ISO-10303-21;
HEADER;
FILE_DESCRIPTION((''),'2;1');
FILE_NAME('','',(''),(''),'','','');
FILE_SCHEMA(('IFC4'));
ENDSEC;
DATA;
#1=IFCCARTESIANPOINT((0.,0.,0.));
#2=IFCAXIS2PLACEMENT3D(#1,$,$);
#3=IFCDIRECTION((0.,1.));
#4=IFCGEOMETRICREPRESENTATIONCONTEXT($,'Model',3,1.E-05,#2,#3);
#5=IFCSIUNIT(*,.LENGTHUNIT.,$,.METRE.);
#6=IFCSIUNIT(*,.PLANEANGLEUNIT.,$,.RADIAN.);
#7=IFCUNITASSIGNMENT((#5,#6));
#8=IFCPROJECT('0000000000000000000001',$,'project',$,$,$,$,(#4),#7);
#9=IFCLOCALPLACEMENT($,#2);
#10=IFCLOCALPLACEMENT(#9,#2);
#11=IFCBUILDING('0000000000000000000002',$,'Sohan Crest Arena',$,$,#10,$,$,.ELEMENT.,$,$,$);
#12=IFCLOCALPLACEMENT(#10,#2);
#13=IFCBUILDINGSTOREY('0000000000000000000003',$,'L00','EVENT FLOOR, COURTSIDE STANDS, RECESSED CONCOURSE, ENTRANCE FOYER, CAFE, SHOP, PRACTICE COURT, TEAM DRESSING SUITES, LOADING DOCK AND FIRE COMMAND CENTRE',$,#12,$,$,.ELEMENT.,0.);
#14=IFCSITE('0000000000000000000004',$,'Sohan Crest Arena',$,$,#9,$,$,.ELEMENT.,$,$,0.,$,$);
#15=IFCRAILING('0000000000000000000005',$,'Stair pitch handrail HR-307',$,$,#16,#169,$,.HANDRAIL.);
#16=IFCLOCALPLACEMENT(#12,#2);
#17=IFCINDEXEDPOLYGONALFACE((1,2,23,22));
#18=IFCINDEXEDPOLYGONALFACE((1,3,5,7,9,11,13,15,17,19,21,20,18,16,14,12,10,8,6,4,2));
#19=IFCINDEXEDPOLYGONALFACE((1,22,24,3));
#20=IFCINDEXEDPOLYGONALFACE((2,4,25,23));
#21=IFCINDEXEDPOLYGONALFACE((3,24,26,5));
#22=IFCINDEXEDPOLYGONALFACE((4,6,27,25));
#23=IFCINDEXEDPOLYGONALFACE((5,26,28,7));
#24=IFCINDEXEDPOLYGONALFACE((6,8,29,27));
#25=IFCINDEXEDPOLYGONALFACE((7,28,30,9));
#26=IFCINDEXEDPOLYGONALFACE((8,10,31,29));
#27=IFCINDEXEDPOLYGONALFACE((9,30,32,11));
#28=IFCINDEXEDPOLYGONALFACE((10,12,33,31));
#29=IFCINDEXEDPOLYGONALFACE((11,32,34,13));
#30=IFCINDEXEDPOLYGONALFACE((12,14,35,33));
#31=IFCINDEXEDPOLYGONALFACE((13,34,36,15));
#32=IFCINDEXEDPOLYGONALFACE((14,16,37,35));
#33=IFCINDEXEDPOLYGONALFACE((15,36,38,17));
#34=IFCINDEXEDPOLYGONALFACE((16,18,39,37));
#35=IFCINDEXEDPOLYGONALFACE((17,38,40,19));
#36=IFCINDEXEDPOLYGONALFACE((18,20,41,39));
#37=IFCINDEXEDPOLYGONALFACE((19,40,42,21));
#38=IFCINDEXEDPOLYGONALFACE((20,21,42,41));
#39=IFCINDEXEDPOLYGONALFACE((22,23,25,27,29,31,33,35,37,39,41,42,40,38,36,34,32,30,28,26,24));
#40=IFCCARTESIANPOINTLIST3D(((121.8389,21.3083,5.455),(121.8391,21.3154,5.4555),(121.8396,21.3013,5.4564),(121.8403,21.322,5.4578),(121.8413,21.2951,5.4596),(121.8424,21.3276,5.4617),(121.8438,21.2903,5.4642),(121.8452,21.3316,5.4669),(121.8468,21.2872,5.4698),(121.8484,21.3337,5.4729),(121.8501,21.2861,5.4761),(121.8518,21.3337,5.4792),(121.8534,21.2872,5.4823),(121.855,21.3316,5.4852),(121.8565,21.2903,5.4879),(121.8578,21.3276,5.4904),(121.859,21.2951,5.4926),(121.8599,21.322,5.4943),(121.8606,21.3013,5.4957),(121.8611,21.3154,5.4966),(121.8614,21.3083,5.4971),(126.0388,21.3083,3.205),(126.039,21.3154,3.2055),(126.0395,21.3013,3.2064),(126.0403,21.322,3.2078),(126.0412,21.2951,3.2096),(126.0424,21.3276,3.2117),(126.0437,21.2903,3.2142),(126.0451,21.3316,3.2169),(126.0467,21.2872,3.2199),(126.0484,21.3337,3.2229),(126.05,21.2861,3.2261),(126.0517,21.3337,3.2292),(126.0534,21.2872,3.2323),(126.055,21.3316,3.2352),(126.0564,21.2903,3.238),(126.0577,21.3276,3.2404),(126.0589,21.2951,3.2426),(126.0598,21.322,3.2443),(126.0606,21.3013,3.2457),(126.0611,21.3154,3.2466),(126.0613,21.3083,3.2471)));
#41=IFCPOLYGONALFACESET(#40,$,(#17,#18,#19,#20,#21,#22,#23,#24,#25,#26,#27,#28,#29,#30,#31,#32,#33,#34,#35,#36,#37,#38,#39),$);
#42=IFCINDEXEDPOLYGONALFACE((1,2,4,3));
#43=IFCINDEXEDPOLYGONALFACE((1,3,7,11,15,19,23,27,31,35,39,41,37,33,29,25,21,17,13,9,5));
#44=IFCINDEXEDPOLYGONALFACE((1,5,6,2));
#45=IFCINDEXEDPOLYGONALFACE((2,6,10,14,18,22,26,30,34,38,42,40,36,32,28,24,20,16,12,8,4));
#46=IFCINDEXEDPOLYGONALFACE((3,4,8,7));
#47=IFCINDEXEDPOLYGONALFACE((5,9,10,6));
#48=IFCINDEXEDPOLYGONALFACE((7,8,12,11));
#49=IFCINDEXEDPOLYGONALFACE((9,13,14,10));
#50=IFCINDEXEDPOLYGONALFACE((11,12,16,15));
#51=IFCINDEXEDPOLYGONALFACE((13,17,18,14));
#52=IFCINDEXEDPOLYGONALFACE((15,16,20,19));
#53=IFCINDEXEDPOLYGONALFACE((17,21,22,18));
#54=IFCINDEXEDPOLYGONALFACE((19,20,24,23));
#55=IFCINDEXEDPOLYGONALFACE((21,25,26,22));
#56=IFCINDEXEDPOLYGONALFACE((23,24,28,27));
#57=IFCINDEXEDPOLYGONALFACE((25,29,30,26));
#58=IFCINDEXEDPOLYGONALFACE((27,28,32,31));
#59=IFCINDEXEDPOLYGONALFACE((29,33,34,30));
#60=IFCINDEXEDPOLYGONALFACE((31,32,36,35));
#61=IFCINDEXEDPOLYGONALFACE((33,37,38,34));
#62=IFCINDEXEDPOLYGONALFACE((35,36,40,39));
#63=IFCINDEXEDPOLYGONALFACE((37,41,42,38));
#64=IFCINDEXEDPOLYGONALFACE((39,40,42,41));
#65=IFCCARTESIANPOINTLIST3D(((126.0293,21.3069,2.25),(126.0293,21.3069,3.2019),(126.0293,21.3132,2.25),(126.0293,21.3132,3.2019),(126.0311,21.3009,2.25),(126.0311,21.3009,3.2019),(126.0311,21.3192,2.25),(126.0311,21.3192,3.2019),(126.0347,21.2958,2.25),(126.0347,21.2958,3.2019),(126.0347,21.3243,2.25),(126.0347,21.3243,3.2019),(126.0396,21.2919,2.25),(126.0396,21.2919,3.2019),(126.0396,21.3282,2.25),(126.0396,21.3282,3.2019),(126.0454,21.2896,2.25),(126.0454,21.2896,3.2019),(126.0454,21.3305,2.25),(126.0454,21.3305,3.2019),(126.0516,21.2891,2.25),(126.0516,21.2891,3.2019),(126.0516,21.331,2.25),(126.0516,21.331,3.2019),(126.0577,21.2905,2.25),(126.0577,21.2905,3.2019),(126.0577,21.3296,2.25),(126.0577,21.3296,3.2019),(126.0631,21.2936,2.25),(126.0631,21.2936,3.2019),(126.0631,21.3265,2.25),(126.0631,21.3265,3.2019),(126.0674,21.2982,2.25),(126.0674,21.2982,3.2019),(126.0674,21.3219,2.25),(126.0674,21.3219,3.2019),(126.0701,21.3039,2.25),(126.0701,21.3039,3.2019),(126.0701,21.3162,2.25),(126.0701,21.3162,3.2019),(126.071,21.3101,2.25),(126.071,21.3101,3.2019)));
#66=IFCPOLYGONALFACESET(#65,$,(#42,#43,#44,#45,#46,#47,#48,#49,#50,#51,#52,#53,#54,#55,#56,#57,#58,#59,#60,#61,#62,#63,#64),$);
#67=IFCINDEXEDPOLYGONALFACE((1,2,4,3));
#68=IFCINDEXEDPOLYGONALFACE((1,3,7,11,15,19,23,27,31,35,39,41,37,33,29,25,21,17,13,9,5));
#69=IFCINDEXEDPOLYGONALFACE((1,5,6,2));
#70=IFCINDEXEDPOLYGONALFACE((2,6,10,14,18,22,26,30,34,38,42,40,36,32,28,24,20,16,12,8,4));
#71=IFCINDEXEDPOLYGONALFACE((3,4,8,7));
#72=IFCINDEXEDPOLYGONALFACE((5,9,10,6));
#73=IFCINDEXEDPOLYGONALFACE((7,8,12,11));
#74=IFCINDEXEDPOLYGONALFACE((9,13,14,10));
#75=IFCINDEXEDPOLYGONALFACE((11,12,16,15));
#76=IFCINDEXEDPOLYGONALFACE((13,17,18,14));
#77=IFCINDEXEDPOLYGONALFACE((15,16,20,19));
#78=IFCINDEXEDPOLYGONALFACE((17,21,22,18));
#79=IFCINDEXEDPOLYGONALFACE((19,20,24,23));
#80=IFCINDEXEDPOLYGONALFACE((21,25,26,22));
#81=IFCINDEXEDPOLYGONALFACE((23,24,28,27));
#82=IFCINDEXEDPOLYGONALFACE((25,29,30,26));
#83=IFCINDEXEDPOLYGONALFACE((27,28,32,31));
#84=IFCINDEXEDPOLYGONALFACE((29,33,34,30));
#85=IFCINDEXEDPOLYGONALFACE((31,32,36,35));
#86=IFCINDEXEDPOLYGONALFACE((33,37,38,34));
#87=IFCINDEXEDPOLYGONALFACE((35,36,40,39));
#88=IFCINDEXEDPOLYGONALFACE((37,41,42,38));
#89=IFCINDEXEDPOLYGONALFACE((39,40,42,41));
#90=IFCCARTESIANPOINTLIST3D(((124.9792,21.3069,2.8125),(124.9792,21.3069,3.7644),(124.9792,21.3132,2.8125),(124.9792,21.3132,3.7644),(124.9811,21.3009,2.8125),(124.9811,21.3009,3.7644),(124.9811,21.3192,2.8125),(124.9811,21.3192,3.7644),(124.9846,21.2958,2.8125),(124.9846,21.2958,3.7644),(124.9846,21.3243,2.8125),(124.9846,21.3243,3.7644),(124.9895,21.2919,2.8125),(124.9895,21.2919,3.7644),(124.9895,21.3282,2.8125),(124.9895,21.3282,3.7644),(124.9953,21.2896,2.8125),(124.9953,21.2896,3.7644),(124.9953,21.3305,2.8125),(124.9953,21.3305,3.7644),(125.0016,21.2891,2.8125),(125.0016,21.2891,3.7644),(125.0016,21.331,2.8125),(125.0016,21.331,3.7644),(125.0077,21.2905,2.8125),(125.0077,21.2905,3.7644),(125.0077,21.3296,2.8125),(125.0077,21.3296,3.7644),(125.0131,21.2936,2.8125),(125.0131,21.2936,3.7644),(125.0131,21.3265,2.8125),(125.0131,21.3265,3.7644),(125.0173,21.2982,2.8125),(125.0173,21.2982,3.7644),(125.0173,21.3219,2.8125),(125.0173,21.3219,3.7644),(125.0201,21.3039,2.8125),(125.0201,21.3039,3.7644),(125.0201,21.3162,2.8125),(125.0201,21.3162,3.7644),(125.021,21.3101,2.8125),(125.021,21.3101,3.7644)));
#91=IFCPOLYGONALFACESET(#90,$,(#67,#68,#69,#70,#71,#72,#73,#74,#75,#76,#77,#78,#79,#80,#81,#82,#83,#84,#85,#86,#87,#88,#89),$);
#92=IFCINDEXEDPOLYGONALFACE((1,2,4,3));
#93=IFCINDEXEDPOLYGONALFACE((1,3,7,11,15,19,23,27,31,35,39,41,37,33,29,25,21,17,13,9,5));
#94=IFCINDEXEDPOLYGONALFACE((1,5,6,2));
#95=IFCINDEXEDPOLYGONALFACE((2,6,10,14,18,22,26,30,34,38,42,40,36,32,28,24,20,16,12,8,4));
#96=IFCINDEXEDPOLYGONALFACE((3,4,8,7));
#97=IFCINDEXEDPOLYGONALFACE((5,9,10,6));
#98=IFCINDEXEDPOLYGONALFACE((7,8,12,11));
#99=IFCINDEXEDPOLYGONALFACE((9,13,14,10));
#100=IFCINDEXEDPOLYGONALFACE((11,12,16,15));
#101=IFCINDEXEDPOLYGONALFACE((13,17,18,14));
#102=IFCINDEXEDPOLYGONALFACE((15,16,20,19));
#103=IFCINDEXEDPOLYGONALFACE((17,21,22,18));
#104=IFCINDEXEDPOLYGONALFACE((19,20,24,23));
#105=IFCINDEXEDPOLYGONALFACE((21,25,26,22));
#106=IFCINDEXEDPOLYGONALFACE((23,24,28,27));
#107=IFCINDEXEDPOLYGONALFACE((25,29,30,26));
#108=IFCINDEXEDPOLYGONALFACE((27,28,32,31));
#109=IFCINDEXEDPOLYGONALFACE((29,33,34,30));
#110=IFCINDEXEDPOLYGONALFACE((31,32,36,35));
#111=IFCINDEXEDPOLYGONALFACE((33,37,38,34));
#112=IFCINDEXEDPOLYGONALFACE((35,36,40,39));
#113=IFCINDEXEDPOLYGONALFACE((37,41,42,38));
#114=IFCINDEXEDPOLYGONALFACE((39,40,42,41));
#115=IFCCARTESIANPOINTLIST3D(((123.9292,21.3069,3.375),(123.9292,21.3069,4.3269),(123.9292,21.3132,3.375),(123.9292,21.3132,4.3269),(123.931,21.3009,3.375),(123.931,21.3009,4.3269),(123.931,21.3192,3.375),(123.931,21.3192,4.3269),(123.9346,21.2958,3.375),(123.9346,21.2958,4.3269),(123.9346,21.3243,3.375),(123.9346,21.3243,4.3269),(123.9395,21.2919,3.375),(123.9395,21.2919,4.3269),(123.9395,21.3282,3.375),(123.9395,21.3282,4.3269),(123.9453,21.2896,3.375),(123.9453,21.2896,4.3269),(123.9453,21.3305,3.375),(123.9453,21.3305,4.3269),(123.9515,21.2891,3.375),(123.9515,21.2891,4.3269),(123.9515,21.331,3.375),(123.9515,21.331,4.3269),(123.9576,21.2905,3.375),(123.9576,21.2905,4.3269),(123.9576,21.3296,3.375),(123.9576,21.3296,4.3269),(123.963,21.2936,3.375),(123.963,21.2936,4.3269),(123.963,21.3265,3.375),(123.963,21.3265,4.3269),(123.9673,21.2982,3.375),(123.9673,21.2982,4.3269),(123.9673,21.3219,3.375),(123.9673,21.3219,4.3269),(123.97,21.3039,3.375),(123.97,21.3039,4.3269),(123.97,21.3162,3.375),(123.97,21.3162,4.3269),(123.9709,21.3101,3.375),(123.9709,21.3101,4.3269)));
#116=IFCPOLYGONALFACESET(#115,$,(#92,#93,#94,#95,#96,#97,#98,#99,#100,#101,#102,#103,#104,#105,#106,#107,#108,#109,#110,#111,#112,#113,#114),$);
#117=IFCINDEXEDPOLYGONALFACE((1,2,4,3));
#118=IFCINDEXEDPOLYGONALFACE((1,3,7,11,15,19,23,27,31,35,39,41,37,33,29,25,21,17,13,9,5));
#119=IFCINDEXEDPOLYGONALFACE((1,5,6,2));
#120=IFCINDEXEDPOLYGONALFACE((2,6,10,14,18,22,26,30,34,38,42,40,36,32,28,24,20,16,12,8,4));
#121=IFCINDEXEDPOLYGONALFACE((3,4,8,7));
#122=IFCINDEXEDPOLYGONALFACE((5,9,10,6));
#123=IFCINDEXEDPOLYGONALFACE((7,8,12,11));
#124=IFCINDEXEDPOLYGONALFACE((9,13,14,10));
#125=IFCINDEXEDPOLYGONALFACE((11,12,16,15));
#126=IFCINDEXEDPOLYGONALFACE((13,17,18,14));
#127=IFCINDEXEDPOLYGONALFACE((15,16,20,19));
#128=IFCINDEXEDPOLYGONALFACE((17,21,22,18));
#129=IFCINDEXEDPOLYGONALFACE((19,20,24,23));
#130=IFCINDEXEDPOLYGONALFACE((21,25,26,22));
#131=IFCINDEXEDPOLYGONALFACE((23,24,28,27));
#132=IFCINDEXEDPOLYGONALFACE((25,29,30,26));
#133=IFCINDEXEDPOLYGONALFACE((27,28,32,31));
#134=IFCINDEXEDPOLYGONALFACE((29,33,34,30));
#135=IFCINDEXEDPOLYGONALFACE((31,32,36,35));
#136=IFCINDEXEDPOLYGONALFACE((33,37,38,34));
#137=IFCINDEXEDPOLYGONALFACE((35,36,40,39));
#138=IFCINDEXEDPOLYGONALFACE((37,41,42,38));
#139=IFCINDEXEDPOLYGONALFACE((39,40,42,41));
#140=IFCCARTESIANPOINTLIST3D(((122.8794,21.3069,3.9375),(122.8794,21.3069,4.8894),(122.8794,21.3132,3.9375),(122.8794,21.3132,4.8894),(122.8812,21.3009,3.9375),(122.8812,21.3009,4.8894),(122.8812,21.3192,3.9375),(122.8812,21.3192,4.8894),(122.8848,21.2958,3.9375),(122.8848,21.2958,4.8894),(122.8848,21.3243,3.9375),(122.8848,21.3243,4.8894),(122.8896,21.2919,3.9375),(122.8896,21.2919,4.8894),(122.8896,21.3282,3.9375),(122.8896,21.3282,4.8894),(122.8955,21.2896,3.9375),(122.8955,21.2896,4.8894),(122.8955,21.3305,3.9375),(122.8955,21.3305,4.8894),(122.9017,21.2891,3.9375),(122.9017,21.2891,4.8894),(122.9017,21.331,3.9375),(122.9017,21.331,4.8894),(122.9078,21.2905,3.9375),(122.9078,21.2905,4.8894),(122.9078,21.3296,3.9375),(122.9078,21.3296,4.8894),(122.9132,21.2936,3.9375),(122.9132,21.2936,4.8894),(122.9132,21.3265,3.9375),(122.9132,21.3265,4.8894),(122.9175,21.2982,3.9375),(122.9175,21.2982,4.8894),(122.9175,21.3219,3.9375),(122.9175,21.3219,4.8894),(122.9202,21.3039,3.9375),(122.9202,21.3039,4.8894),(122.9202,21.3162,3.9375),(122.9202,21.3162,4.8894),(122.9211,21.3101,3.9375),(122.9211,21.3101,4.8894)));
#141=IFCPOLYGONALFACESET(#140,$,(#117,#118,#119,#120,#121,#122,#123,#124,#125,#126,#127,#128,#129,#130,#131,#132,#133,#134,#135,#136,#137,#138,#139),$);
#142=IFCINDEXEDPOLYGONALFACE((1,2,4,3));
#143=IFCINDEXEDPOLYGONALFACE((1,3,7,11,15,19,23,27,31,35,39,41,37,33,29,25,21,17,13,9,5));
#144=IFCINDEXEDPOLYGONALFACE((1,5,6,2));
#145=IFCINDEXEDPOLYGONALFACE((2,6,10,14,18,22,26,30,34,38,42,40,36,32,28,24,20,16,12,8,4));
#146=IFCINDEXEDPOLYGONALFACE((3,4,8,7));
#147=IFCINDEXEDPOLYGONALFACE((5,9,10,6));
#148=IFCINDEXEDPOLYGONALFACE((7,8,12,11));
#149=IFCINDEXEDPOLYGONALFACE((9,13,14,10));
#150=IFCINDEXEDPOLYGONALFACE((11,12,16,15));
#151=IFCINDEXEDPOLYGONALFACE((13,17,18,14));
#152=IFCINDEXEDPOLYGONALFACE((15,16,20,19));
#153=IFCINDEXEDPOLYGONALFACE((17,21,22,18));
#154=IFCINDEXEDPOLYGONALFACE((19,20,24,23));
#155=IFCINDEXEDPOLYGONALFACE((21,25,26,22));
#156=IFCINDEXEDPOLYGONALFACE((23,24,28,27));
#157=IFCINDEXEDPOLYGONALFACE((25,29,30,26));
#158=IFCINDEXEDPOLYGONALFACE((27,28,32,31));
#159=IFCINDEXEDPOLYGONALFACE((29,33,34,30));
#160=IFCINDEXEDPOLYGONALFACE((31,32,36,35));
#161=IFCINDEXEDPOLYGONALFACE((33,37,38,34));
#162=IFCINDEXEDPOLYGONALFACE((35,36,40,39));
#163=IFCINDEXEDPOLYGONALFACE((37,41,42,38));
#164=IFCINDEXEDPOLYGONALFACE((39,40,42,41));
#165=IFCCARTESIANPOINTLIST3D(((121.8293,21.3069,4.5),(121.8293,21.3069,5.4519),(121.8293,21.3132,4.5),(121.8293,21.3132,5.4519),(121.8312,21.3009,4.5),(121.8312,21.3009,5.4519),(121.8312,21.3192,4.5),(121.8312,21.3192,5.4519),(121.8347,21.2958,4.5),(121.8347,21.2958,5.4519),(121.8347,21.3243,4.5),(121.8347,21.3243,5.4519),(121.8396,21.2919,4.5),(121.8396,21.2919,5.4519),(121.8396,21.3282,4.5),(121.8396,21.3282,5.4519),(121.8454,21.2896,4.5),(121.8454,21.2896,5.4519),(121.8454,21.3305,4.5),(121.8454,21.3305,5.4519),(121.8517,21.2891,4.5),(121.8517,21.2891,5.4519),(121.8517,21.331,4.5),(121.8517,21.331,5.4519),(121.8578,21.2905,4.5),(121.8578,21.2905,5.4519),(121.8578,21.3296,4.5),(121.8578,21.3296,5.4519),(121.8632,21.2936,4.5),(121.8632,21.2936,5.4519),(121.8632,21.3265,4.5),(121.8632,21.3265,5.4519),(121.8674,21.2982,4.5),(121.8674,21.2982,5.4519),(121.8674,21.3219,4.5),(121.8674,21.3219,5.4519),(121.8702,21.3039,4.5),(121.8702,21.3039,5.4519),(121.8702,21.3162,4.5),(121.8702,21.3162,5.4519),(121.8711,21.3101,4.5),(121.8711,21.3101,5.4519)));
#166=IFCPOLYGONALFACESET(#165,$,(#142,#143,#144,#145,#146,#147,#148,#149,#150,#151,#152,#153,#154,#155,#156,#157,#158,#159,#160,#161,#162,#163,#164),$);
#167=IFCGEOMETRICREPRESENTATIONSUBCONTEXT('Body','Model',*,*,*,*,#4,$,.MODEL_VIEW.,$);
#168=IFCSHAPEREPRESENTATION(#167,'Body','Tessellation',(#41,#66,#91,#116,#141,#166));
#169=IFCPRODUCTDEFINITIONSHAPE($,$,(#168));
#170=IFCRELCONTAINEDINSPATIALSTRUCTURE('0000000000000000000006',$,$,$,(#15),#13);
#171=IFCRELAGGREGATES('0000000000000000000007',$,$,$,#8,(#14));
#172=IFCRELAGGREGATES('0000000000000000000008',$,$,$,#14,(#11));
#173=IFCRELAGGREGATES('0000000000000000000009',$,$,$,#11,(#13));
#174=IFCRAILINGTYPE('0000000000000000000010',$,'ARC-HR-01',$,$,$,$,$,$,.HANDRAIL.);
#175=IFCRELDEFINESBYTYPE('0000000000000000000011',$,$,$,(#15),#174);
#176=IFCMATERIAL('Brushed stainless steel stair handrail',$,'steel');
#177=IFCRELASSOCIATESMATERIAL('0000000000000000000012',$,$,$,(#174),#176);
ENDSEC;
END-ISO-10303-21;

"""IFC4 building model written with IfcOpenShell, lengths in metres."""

from ifc_helpers import new_model, si_unit, direction, frame, origin, origin_2d, place, context, subcontext, project, spatial, circle, extrude, material, type_object, element, save


model = new_model("IFC4")

# Units and contexts
model_context = context("Model", 3, precision=1e-05, world=origin(), true_north=direction((0.0, 1.0)))
body_context = subcontext(model_context, "Body", "Model", "MODEL_VIEW")
ifc_project = project(units=[si_unit("LENGTHUNIT", "METRE"), si_unit("PLANEANGLEUNIT", "RADIAN")], contexts=[model_context])

# Site, building, storey
site_placement = place(None, origin())
site = spatial("IfcSite", under=ifc_project, at=site_placement, Name="Sohan Crest Arena", CompositionType="ELEMENT", RefElevation=0.0)
building_placement = place(site_placement, origin())
building = spatial("IfcBuilding", under=site, at=building_placement, Name="Sohan Crest Arena", CompositionType="ELEMENT")
storey_placement = place(building_placement, origin())
storey = spatial("IfcBuildingStorey", under=building, at=storey_placement, Name="L00", Description="EVENT FLOOR, COURTSIDE STANDS, RECESSED CONCOURSE, ENTRANCE FOYER, CAFE, SHOP, PRACTICE COURT, TEAM DRESSING SUITES, LOADING DOCK AND FIRE COMMAND CENTRE", CompositionType="ELEMENT", Elevation=0.0)

# Railing
ifc_material_1 = material(Name="Brushed stainless steel stair handrail", Category="steel")
railing_type_1 = type_object("IfcRailingType", Name="ARC-HR-01", PredefinedType="HANDRAIL", material=ifc_material_1)
railing_1_placement = place(storey_placement, frame((126.05, 21.3101, 2.25)))
element("IfcRailing", 1, at=railing_1_placement, inside=storey, type_object=railing_type_1, Name="Stair pitch handrail HR-307", PredefinedType="HANDRAIL", context=body_context, shape_type="SweptSolid", body=[
    extrude(circle(Radius=0.0239, at=origin_2d()), frame((0.0, 0.0, 0.9761), z_axis=(-0.881478, 0.0, 0.472226), x_axis=(0.0, -1.0, 0.0)), (0.0, 0.0, 1.0), 4.7646),
    extrude(circle(Radius=0.021, at=origin_2d()), origin(), (0.0, 0.0, 1.0), 0.9519),
    extrude(circle(Radius=0.021, at=origin_2d()), frame((-1.05, 0.0, 0.5625)), (0.0, 0.0, 1.0), 0.9519),
    extrude(circle(Radius=0.021, at=origin_2d()), frame((-2.1001, 0.0, 1.125)), (0.0, 0.0, 1.0), 0.9519),
    extrude(circle(Radius=0.021, at=origin_2d()), frame((-3.1499, 0.0, 1.6875)), (0.0, 0.0, 1.0), 0.9519),
    extrude(circle(Radius=0.021, at=origin_2d()), frame((-4.2, 0.0, 2.25)), (0.0, 0.0, 1.0), 0.9519),
])

save(model, "model.ifc")
